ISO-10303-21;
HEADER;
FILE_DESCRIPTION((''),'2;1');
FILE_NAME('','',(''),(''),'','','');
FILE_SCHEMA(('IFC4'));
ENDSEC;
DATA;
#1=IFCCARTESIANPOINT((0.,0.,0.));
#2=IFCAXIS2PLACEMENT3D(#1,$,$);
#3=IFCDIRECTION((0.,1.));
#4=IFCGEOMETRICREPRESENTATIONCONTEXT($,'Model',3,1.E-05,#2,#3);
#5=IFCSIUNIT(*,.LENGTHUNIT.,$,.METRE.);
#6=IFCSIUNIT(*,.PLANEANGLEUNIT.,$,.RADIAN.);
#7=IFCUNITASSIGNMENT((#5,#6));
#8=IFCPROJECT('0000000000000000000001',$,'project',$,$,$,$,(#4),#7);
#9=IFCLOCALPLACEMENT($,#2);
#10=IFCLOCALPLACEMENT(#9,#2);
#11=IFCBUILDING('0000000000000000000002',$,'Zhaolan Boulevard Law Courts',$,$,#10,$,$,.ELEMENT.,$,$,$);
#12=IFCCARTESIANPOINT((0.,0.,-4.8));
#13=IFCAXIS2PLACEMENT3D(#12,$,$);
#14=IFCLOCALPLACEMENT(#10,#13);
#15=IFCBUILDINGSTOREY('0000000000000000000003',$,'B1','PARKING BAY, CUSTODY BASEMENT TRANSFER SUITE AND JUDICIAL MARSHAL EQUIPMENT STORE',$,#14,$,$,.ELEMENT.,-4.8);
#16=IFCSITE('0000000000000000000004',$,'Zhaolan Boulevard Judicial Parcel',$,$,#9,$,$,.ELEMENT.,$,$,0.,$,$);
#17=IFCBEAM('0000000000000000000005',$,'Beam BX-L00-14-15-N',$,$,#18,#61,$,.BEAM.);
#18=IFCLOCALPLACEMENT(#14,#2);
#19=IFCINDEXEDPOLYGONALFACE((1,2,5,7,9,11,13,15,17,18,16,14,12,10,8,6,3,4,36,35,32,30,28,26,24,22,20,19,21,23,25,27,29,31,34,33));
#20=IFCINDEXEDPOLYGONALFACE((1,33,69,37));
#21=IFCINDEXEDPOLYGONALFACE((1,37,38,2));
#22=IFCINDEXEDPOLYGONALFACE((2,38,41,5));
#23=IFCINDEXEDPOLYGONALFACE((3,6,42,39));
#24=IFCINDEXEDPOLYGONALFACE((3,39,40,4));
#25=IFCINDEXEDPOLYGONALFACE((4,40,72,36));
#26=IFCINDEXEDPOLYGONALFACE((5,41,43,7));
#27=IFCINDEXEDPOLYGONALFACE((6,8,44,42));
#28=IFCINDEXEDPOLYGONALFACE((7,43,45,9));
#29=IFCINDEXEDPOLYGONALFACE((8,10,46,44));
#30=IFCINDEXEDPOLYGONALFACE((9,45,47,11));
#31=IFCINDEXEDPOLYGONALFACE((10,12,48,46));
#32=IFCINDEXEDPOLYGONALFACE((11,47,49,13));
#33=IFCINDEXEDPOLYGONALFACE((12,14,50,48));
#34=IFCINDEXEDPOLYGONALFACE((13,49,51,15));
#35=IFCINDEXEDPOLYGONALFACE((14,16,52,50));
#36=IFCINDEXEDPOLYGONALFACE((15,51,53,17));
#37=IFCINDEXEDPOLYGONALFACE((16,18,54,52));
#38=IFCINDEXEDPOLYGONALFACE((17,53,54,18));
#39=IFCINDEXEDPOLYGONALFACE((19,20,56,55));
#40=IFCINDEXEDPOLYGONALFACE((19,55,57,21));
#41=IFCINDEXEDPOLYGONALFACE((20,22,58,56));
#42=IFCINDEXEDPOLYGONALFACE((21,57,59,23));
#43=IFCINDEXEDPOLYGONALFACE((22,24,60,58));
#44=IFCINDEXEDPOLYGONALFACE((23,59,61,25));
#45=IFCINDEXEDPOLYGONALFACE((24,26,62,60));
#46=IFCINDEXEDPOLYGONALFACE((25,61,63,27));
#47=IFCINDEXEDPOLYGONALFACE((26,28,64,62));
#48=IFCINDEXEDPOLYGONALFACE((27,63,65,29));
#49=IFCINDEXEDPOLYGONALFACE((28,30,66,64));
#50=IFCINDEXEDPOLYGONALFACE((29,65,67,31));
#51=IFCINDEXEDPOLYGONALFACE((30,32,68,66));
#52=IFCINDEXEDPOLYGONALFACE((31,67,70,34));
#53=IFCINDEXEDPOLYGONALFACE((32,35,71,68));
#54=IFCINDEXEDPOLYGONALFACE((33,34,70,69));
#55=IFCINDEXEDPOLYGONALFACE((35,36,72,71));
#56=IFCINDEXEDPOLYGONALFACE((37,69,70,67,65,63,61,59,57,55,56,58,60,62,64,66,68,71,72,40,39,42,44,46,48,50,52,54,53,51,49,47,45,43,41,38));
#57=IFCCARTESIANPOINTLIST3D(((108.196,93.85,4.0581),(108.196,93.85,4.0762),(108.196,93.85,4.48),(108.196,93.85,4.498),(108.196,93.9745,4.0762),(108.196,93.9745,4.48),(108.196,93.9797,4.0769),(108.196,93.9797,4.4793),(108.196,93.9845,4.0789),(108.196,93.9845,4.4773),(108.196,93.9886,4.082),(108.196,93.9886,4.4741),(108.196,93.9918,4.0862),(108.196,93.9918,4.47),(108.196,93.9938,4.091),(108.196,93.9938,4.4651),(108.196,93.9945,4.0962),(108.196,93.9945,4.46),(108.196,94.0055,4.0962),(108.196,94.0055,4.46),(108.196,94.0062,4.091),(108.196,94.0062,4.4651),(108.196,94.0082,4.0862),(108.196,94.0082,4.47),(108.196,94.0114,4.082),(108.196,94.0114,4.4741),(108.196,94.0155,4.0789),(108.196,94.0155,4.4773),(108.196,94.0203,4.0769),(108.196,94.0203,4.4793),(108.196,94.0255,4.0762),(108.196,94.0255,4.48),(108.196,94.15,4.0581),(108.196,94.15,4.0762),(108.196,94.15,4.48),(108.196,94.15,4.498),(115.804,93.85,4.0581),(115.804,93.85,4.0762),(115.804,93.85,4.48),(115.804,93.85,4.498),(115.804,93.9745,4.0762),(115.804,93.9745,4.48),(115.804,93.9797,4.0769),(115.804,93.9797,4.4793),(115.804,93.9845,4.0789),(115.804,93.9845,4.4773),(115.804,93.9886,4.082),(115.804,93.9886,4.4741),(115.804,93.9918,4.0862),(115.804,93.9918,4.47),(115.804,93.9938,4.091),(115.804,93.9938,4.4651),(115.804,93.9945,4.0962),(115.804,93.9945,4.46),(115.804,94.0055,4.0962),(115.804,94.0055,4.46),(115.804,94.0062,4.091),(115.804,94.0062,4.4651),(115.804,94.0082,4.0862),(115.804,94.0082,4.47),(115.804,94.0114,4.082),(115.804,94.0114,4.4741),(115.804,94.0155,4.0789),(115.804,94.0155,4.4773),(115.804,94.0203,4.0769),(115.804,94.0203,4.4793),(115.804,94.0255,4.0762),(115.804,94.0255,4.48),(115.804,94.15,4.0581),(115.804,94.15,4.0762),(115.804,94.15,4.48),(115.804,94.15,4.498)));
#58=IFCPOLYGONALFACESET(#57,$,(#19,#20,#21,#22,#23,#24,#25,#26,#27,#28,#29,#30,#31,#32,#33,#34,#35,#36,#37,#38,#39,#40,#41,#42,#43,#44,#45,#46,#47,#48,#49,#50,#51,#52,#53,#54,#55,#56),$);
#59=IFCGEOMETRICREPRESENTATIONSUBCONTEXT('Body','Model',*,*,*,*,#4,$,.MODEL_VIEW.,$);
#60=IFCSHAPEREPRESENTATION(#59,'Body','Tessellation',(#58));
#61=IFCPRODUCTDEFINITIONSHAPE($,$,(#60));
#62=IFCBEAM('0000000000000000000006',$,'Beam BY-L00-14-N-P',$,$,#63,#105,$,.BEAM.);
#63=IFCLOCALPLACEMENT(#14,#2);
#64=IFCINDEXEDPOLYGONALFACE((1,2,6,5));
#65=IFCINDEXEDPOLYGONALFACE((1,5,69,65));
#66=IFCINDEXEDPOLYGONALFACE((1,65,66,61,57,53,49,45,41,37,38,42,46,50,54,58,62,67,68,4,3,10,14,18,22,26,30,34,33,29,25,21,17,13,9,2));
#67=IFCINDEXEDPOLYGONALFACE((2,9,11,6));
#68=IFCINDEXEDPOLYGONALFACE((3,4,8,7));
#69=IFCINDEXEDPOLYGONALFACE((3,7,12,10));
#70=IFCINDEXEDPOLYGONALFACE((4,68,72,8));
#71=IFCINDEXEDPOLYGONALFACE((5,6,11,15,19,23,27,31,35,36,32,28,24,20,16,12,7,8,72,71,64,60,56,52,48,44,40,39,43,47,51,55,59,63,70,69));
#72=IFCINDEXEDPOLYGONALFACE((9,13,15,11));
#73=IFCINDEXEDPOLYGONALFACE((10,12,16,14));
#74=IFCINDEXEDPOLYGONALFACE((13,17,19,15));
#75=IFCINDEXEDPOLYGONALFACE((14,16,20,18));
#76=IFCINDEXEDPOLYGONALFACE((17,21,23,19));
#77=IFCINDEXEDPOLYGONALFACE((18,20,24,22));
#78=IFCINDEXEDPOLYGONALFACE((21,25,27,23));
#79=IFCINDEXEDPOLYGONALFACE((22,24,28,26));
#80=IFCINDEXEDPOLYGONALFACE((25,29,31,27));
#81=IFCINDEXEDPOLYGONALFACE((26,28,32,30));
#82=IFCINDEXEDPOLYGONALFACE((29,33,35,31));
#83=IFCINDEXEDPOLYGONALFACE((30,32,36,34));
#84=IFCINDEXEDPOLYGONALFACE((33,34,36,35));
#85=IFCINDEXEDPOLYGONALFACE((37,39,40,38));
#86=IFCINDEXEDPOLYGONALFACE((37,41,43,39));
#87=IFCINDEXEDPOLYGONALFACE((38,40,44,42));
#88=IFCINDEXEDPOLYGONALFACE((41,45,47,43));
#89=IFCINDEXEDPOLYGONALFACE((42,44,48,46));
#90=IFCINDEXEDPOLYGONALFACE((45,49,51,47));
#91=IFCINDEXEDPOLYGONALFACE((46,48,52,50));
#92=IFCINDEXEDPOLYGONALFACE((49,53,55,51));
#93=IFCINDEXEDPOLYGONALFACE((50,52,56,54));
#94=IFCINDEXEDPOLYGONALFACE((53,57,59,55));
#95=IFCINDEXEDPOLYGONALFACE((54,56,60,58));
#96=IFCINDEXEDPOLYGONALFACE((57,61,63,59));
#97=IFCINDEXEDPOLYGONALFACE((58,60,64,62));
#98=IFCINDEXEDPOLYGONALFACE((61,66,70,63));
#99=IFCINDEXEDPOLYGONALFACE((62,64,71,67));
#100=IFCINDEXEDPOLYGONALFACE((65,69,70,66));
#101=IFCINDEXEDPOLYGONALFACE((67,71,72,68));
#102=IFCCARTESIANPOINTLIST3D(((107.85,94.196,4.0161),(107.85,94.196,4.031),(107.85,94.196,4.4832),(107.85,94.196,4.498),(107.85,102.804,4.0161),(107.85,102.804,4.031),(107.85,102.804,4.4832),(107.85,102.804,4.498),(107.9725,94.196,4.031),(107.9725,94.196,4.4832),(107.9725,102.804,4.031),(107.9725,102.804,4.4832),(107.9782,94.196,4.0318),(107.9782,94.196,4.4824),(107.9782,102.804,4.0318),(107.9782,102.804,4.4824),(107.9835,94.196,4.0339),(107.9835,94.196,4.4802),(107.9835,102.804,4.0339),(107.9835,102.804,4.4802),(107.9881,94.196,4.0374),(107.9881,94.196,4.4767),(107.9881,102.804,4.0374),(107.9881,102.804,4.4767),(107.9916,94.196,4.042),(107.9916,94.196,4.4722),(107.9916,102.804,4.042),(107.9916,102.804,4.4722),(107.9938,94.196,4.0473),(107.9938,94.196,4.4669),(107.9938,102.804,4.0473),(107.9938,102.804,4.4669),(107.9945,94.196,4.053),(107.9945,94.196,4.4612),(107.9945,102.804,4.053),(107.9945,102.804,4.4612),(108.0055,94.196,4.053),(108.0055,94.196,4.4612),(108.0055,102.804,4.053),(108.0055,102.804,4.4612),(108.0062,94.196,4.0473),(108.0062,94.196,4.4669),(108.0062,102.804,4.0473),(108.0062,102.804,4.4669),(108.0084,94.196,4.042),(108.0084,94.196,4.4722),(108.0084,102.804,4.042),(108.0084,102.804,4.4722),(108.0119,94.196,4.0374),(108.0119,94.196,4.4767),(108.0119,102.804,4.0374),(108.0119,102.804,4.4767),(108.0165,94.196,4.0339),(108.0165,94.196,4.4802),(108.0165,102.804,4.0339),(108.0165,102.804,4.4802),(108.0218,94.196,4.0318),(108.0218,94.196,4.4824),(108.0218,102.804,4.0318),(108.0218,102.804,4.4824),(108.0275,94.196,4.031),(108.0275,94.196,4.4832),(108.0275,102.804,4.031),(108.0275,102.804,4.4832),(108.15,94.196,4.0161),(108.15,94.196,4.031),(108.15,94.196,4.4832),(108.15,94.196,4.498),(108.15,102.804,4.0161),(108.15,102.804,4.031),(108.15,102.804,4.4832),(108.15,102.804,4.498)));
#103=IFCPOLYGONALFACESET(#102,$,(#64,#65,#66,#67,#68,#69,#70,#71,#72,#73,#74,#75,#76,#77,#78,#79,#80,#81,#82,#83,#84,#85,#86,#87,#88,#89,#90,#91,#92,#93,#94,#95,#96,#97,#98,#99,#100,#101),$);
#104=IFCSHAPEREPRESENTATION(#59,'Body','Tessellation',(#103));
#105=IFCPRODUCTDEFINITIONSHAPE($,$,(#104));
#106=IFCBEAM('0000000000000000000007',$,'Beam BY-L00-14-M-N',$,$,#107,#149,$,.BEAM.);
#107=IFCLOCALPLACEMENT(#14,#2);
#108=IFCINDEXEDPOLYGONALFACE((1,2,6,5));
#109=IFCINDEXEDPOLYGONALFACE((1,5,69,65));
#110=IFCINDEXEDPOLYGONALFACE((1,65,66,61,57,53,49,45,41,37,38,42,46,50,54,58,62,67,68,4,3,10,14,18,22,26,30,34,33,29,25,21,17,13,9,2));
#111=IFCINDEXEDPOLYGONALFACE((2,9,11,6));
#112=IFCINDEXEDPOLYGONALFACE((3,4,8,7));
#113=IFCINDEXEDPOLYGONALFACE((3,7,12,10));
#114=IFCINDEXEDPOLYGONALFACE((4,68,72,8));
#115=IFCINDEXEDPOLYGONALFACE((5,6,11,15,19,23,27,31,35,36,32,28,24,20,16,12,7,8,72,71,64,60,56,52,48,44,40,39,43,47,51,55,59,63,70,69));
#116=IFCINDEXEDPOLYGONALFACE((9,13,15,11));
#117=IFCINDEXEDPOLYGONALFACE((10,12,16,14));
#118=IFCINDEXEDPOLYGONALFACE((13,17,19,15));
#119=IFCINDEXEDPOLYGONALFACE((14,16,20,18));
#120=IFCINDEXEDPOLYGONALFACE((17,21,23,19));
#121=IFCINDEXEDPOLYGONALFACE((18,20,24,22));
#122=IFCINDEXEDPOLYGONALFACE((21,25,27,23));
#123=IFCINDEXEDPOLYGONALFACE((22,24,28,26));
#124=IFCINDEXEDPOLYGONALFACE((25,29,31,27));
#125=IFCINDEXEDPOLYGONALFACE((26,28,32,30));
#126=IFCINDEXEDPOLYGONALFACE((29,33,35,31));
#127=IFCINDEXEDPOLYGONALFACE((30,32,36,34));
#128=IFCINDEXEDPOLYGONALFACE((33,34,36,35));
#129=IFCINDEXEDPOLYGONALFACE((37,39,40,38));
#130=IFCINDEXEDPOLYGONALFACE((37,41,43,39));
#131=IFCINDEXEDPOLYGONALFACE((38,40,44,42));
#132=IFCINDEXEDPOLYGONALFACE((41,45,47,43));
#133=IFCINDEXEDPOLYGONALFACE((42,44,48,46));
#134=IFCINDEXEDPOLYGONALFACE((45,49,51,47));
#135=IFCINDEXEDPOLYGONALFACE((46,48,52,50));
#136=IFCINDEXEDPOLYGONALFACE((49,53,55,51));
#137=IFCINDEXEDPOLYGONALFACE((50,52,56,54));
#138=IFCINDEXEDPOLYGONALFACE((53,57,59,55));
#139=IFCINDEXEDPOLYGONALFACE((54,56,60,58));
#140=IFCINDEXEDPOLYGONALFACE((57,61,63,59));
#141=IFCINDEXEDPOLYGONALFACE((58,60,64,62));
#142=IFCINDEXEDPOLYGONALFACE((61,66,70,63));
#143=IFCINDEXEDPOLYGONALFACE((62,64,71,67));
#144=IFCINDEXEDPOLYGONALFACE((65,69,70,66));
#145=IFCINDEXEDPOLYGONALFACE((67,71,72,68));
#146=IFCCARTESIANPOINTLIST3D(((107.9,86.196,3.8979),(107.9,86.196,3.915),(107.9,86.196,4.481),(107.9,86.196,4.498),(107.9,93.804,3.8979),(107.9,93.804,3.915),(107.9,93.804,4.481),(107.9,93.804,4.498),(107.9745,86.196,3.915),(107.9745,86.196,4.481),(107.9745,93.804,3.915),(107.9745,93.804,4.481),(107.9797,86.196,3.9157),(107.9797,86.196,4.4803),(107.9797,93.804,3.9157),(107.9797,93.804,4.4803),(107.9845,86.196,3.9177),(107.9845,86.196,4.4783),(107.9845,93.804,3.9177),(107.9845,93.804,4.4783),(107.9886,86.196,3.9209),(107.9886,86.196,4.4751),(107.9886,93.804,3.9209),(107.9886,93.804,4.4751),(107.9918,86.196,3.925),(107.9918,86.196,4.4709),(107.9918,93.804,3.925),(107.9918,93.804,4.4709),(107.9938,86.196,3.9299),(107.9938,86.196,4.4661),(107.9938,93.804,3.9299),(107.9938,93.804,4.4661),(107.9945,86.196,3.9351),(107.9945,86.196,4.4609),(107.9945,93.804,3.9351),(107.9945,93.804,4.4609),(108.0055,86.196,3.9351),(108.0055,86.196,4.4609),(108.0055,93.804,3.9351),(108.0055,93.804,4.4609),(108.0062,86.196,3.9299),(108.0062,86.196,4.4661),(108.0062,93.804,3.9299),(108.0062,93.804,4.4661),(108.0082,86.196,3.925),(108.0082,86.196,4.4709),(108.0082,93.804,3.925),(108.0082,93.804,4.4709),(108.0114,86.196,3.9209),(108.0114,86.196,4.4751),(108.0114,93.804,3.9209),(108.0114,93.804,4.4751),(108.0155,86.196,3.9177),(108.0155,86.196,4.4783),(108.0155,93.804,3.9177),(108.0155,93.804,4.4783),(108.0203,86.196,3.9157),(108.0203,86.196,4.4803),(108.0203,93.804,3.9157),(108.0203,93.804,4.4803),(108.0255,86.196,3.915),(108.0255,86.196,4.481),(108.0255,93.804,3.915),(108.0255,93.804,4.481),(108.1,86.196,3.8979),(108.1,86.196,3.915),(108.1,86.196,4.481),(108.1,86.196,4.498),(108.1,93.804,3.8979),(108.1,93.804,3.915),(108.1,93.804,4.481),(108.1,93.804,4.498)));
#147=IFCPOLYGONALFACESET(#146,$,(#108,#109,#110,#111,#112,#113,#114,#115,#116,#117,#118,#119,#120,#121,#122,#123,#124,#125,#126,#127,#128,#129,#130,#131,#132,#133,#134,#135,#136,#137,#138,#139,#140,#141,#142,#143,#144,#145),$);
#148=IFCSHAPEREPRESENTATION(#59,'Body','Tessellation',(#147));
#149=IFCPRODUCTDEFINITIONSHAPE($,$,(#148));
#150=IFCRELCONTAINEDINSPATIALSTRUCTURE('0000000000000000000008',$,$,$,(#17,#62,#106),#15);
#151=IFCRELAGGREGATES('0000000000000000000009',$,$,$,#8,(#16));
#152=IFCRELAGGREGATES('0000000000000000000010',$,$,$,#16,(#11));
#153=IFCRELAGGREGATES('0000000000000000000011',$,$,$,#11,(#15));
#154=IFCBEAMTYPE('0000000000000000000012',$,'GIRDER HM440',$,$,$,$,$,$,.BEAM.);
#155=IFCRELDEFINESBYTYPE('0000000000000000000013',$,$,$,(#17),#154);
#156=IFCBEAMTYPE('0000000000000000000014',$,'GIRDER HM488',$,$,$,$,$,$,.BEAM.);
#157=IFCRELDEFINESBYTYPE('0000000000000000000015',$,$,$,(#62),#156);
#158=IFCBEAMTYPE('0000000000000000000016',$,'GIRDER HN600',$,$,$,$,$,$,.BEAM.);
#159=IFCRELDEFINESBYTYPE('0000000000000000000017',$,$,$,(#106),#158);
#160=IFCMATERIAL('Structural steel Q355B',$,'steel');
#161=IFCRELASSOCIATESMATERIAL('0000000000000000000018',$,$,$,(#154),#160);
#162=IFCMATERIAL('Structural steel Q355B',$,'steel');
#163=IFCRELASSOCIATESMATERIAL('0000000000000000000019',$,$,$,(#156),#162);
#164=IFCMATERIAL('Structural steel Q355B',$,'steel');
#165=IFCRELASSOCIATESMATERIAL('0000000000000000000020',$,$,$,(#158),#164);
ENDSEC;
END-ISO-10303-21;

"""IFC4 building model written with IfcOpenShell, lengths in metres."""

from ifc_helpers import new_model, si_unit, direction, frame, origin, origin_2d, place, context, subcontext, project, spatial, i_section, extrude, material, material_profile, profile_set, type_object, element, save


model = new_model("IFC4")

# Units and contexts
model_context = context("Model", 3, precision=1e-05, world=origin(), true_north=direction((0.0, 1.0)))
body_context = subcontext(model_context, "Body", "Model", "MODEL_VIEW")
ifc_project = project(units=[si_unit("LENGTHUNIT", "METRE"), si_unit("PLANEANGLEUNIT", "RADIAN")], contexts=[model_context])

# Site, building, storey
site_placement = place(None, origin())
site = spatial("IfcSite", under=ifc_project, at=site_placement, Name="Zhaolan Boulevard Judicial Parcel", CompositionType="ELEMENT", RefElevation=0.0)
building_placement = place(site_placement, origin())
building = spatial("IfcBuilding", under=site, at=building_placement, Name="Zhaolan Boulevard Law Courts", CompositionType="ELEMENT")
storey_placement = place(building_placement, frame((0.0, 0.0, -4.8)))
storey = spatial("IfcBuildingStorey", under=building, at=storey_placement, Name="B1", Description="PARKING BAY, CUSTODY BASEMENT TRANSFER SUITE AND JUDICIAL MARSHAL EQUIPMENT STORE", CompositionType="ELEMENT", Elevation=-4.8)

# Beams
ifc_material_1 = material(Name="Structural steel Q355B", Category="steel")
ifc_material_profile_1 = material_profile(ifc_material_1, i_section(OverallWidth=0.3, OverallDepth=0.4399, WebThickness=0.011, FlangeThickness=0.0181, FilletRadius=0.02, at=origin_2d()), Name="HM440x300")
ifc_profile_set_1 = profile_set([ifc_material_profile_1], Name="Structural steel Q355B")
beam_type_1 = type_object("IfcBeamType", Name="GIRDER HM440", PredefinedType="BEAM", material=ifc_profile_set_1)
for number, where, z_axis, x_axis, name in (
    (1, (108.196, 94.0, 4.2781), (1.0, 0.0, 0.0), (0.0, 1.0, 0.0), "Beam BX-L00-14-15-N"),
):
    element("IfcBeam", number, at=place(storey_placement, frame(where, z_axis=z_axis, x_axis=x_axis)), inside=storey, type_object=beam_type_1, Name=name, PredefinedType="BEAM", context=body_context, shape_type="SweptSolid", body=[
        extrude(i_section(OverallWidth=0.3, OverallDepth=0.4399, WebThickness=0.011, FlangeThickness=0.0181, FilletRadius=0.02, at=origin_2d()), origin(), (0.0, 0.0, 1.0), 7.6079),
    ])
ifc_material_2 = material(Name="Structural steel Q355B", Category="steel")
ifc_material_profile_2 = material_profile(ifc_material_2, i_section(OverallWidth=0.3, OverallDepth=0.4819, WebThickness=0.011, FlangeThickness=0.0149, FilletRadius=0.022, at=origin_2d()), Name="HM482x300")
ifc_profile_set_2 = profile_set([ifc_material_profile_2], Name="Structural steel Q355B")
beam_type_2 = type_object("IfcBeamType", Name="GIRDER HM488", PredefinedType="BEAM", material=ifc_profile_set_2)
beam_1_placement = place(storey_placement, frame((108.0, 94.196, 4.2571), z_axis=(0.0, 1.0, 0.0), x_axis=(-1.0, 0.0, 0.0)))
element("IfcBeam", 2, at=beam_1_placement, inside=storey, type_object=beam_type_2, Name="Beam BY-L00-14-N-P", PredefinedType="BEAM", context=body_context, shape_type="SweptSolid", body=[
    extrude(i_section(OverallWidth=0.3, OverallDepth=0.4819, WebThickness=0.011, FlangeThickness=0.0149, FilletRadius=0.022, at=origin_2d()), origin(), (0.0, 0.0, 1.0), 8.6079),
])
ifc_material_3 = material(Name="Structural steel Q355B", Category="steel")
ifc_material_profile_3 = material_profile(ifc_material_3, i_section(OverallWidth=0.2, OverallDepth=0.6001, WebThickness=0.011, FlangeThickness=0.0171, FilletRadius=0.02, at=origin_2d()), Name="HN600x200")
ifc_profile_set_3 = profile_set([ifc_material_profile_3], Name="Structural steel Q355B")
beam_type_3 = type_object("IfcBeamType", Name="GIRDER HN600", PredefinedType="BEAM", material=ifc_profile_set_3)
beam_2_placement = place(storey_placement, frame((108.0, 86.196, 4.198), z_axis=(0.0, 1.0, 0.0), x_axis=(-1.0, 0.0, 0.0)))
element("IfcBeam", 3, at=beam_2_placement, inside=storey, type_object=beam_type_3, Name="Beam BY-L00-14-M-N", PredefinedType="BEAM", context=body_context, shape_type="SweptSolid", body=[
    extrude(i_section(OverallWidth=0.2, OverallDepth=0.6001, WebThickness=0.011, FlangeThickness=0.0171, FilletRadius=0.02, at=origin_2d()), origin(), (0.0, 0.0, 1.0), 7.6079),
])

save(model, "model.ifc")
